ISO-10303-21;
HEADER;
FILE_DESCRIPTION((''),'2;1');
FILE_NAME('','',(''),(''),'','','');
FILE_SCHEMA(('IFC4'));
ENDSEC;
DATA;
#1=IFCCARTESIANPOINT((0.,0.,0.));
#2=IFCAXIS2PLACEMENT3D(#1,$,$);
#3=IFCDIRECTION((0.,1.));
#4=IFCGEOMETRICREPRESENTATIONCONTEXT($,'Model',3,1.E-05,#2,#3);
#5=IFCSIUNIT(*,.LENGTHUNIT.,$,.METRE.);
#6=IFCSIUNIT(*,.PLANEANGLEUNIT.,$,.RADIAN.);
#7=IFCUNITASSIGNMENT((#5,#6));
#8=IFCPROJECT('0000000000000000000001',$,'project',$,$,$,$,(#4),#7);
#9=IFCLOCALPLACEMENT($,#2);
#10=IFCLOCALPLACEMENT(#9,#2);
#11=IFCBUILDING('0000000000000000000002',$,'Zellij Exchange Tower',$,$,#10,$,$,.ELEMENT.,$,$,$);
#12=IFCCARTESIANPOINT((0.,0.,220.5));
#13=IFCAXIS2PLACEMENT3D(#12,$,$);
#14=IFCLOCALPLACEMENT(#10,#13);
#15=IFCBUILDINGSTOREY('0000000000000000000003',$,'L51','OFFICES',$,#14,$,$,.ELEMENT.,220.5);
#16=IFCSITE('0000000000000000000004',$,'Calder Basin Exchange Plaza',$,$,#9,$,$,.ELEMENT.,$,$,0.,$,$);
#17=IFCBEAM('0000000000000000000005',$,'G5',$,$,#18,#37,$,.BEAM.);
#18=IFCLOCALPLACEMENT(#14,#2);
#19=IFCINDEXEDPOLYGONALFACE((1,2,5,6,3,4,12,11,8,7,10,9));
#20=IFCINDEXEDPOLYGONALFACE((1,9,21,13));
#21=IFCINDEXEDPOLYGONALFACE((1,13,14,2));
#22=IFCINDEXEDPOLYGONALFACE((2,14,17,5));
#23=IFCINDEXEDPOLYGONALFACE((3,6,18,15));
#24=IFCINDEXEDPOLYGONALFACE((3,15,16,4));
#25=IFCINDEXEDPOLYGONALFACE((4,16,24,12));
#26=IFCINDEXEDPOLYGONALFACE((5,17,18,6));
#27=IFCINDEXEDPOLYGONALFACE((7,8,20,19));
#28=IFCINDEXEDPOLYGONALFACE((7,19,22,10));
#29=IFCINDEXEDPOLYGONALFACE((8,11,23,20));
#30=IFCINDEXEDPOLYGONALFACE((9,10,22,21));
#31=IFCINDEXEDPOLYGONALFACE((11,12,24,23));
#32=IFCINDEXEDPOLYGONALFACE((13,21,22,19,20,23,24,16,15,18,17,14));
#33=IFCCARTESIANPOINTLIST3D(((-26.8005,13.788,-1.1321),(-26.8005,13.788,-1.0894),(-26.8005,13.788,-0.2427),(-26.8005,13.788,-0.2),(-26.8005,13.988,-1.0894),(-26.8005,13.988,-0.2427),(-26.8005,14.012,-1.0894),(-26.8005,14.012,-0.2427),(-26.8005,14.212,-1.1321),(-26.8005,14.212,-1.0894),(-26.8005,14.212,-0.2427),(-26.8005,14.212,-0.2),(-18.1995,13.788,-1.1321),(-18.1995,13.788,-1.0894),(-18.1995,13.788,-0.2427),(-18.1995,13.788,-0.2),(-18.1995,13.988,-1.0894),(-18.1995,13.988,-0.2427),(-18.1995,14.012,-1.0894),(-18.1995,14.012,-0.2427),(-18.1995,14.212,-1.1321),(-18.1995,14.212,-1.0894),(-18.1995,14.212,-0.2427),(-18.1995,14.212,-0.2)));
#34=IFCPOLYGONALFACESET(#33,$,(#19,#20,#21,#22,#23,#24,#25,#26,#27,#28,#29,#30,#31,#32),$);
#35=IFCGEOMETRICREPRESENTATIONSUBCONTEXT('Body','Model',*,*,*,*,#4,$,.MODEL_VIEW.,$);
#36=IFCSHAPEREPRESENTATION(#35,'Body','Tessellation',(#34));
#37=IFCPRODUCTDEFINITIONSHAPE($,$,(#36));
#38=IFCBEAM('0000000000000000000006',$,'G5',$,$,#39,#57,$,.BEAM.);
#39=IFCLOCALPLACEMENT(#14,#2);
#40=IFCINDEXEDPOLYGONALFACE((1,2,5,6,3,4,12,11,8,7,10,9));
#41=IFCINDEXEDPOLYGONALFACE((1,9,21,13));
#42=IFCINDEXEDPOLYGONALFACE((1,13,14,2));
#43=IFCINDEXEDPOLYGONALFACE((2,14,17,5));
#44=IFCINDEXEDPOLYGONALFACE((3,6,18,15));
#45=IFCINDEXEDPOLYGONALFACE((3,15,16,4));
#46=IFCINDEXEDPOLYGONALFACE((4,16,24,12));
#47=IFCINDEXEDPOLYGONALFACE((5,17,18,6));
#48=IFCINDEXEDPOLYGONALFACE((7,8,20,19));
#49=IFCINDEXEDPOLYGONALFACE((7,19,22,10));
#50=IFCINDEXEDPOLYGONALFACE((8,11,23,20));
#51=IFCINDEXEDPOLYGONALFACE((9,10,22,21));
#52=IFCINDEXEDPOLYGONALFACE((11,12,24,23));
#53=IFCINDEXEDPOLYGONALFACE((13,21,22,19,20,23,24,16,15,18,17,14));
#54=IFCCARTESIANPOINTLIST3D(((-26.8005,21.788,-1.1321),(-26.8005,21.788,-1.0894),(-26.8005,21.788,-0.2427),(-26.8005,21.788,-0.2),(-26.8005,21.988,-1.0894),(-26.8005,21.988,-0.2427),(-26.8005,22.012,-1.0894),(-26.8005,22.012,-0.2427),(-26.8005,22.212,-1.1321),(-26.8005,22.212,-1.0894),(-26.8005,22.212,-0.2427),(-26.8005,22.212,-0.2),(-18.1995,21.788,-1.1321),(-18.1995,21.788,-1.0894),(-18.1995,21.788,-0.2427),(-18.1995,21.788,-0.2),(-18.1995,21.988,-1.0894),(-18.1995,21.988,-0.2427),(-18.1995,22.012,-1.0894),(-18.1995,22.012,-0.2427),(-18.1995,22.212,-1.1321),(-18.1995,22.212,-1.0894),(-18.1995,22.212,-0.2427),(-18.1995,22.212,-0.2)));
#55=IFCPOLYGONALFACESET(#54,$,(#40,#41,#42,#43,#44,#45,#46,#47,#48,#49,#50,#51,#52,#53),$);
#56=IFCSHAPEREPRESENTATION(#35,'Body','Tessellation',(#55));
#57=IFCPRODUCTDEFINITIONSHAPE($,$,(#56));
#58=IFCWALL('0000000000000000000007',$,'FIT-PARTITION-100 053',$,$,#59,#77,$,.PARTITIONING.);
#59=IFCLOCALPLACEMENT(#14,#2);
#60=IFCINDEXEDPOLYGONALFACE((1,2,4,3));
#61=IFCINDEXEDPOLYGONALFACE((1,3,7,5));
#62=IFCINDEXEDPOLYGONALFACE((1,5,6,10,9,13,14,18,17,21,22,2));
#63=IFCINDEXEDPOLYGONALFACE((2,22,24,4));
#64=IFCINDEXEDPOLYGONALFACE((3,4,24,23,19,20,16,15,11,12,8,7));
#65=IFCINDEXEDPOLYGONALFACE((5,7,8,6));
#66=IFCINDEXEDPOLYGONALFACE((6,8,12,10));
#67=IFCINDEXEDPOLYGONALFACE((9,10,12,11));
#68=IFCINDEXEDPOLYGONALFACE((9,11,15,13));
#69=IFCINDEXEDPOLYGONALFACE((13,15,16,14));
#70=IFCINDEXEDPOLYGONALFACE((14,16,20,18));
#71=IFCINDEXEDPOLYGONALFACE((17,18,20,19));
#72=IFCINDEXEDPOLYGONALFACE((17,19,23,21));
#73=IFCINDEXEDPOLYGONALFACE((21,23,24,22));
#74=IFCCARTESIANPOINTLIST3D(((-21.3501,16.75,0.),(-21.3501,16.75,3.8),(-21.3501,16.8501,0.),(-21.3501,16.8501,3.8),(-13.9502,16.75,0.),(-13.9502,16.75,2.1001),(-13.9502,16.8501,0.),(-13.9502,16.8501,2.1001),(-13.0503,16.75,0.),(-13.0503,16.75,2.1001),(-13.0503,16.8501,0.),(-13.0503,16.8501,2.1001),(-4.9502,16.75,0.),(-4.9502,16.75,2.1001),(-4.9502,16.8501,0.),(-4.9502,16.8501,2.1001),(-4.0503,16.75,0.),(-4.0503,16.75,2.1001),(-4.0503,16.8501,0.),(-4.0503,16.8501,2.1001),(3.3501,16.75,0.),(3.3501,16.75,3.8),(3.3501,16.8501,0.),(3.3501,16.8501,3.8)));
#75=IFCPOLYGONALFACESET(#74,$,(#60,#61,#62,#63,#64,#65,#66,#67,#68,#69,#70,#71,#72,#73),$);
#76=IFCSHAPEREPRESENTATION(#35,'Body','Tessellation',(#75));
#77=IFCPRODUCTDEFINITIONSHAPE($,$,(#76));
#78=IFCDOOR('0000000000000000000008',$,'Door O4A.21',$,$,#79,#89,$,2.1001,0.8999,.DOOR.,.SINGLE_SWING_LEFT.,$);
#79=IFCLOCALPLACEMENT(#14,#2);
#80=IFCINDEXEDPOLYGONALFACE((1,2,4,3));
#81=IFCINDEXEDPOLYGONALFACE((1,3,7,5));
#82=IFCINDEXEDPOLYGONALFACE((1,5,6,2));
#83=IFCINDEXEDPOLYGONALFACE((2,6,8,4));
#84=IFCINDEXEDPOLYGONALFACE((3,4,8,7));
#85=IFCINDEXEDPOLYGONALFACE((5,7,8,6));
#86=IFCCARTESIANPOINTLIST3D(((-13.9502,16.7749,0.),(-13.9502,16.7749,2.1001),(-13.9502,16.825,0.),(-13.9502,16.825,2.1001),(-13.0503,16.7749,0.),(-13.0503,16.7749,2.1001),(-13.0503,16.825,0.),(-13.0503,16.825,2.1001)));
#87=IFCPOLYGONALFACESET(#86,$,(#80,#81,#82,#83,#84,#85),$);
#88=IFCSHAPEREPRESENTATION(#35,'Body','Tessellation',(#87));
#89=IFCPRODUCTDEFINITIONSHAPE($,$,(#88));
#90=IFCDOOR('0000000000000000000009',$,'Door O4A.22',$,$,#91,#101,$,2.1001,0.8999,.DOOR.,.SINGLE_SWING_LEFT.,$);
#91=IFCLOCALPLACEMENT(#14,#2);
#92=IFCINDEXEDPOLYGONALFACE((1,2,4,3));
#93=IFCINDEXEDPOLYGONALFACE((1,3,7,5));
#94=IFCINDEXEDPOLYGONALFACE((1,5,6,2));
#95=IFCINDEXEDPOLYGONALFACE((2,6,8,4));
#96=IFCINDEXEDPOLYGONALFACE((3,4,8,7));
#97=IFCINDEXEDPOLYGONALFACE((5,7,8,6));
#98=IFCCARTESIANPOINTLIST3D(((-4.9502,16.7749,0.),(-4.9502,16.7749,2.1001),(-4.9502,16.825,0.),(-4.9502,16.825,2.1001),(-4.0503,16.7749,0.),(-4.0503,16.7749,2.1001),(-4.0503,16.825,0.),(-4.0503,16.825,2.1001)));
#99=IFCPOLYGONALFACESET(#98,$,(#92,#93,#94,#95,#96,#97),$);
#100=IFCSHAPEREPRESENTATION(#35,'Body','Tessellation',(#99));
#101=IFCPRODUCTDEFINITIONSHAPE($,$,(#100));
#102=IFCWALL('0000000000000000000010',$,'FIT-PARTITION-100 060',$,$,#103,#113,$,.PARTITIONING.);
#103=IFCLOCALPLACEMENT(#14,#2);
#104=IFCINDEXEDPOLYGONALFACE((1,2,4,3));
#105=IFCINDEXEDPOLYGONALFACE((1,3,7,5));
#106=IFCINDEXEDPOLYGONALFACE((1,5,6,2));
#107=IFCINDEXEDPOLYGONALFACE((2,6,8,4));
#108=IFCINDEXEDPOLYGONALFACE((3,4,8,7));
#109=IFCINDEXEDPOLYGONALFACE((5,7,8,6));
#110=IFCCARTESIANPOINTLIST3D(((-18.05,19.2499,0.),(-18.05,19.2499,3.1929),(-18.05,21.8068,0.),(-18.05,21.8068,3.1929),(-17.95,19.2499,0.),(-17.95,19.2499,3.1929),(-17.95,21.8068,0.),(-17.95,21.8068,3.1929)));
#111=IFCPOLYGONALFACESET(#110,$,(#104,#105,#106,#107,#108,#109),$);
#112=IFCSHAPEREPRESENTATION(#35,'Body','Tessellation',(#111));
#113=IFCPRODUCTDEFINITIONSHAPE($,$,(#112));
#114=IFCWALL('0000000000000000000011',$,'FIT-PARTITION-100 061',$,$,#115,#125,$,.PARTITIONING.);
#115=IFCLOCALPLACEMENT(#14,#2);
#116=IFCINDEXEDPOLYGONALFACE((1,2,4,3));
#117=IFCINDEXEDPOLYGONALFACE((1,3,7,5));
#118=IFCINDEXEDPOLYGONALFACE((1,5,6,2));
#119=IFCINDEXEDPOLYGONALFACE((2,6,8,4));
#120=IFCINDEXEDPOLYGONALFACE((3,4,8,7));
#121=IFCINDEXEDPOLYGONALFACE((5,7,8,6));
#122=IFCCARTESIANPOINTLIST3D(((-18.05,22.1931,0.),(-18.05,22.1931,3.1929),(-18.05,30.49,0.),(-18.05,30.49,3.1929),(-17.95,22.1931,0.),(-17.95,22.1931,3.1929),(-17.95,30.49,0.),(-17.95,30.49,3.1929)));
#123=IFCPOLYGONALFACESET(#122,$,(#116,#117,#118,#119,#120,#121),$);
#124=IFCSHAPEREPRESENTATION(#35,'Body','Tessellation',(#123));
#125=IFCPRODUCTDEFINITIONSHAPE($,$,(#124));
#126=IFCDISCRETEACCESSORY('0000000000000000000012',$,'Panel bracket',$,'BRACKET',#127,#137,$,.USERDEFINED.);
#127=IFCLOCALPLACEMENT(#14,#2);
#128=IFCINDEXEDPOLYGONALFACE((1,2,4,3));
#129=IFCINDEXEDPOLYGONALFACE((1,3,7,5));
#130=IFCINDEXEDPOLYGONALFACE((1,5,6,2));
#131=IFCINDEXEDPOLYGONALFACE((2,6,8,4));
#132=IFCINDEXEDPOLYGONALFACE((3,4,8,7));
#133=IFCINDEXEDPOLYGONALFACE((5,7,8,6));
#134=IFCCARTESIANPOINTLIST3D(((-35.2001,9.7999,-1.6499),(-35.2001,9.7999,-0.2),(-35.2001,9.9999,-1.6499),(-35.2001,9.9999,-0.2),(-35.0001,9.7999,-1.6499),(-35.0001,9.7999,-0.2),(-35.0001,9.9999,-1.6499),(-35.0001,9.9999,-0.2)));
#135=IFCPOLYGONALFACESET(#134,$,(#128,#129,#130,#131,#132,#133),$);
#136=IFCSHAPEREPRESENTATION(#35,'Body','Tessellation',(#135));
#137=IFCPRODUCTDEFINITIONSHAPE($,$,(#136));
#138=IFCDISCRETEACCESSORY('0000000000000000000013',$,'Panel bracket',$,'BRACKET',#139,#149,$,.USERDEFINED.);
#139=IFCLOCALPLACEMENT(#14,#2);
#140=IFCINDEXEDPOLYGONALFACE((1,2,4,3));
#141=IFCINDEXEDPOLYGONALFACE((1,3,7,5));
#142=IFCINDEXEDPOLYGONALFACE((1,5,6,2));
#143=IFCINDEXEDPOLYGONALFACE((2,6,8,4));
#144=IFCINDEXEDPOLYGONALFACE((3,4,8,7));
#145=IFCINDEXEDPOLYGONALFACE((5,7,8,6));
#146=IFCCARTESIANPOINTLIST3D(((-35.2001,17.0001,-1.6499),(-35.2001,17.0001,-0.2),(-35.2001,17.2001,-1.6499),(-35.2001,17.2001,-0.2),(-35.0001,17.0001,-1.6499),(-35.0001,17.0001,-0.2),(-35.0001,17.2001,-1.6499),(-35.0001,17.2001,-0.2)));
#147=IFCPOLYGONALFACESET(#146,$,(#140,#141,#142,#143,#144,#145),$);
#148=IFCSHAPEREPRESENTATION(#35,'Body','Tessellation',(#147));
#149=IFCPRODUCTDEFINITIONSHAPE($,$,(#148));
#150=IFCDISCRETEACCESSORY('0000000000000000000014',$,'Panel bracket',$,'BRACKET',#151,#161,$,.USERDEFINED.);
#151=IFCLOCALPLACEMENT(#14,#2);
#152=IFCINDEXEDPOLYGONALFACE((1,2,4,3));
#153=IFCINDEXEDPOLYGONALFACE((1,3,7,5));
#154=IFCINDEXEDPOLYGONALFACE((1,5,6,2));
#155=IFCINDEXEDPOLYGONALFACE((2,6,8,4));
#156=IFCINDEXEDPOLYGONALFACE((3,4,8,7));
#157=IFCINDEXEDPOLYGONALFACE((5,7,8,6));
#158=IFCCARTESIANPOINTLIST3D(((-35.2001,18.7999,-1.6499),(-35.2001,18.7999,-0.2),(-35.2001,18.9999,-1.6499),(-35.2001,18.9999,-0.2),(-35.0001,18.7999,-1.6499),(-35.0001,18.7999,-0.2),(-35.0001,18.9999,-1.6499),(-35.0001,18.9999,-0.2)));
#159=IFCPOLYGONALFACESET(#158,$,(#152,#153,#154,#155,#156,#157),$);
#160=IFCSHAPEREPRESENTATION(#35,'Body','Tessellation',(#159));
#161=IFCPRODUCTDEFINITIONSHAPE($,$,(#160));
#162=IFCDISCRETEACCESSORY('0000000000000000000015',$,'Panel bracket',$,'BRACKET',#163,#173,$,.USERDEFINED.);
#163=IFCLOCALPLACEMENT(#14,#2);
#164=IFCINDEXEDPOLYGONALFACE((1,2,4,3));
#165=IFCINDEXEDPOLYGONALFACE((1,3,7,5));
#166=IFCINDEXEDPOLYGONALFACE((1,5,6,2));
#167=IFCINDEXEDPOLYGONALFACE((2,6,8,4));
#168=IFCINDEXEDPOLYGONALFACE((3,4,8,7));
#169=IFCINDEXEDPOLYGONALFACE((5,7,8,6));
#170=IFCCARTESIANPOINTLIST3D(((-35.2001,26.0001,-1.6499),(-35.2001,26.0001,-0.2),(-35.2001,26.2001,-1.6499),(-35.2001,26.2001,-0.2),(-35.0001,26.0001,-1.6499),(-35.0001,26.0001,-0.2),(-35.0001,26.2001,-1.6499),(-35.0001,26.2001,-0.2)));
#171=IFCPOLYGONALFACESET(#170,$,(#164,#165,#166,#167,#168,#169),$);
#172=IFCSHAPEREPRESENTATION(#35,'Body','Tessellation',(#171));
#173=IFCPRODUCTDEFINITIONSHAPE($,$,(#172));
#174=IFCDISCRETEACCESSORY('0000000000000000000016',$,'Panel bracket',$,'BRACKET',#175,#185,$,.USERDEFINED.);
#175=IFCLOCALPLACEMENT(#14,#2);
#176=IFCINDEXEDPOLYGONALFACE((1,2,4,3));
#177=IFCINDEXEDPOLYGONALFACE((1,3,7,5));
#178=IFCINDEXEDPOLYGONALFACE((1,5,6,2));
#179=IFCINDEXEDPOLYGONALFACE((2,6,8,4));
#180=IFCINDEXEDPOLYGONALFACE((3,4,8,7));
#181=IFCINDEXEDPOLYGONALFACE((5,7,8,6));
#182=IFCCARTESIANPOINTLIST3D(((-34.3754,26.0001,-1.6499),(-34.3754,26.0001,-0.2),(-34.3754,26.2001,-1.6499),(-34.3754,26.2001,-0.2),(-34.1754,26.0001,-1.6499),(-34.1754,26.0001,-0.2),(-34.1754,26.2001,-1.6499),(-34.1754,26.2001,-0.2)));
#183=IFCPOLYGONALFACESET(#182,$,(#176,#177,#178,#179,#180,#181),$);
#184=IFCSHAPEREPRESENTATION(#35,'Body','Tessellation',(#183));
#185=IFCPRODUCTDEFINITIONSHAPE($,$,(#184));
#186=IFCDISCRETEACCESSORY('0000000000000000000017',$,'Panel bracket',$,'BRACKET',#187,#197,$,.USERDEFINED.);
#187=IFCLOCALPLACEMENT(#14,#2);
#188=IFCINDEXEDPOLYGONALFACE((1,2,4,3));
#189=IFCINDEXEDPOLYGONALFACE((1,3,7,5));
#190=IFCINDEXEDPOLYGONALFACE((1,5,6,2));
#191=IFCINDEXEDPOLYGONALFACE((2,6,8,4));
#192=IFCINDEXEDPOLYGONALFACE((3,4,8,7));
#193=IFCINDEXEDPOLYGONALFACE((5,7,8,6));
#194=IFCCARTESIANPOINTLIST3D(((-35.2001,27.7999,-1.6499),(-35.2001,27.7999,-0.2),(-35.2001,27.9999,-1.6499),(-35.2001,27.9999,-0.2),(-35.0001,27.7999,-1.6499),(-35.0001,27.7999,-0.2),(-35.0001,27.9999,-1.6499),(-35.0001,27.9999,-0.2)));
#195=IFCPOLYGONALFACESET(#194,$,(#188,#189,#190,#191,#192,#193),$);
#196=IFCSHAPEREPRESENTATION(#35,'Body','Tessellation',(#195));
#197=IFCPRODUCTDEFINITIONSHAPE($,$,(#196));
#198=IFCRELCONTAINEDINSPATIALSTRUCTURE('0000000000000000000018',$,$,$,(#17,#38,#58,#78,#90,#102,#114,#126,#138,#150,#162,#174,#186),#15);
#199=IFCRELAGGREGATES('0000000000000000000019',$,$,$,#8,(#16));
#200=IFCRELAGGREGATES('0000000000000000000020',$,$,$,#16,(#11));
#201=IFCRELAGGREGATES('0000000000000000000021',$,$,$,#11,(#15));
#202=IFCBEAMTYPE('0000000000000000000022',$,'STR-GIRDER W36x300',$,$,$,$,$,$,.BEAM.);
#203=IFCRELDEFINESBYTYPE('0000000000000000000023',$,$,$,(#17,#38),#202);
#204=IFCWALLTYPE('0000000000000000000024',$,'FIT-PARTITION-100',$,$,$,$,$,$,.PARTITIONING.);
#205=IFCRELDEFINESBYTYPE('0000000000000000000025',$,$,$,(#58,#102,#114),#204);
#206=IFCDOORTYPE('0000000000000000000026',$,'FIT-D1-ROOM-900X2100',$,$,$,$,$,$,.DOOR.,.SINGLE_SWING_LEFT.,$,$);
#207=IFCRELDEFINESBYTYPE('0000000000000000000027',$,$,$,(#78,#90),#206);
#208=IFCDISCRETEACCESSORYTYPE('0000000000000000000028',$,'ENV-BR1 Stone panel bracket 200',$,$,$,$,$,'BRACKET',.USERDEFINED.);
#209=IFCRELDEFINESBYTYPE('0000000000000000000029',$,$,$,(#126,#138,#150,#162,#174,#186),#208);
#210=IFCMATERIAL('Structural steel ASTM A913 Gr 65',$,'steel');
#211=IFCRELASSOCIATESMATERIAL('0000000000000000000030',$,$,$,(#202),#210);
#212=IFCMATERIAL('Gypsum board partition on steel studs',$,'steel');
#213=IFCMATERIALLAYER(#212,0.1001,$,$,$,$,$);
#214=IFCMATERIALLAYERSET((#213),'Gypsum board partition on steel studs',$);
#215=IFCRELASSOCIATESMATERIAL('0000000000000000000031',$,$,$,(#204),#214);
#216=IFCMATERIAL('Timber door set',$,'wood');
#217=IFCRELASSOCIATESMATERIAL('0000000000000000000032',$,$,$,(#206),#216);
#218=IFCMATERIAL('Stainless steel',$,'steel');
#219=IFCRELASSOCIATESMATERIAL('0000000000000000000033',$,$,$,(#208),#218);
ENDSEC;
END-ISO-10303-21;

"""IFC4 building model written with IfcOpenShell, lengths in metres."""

from ifc_helpers import new_model, si_unit, direction, frame, frame_2d, origin, origin_2d, place, context, subcontext, project, spatial, rectangle, i_section, extrude, material, layer, layer_set, material_profile, profile_set, type_object, element, fill, save


model = new_model("IFC4")

# Units and contexts
model_context = context("Model", 3, precision=1e-05, world=origin(), true_north=direction((0.0, 1.0)))
body_context = subcontext(model_context, "Body", "Model", "MODEL_VIEW")
ifc_project = project(units=[si_unit("LENGTHUNIT", "METRE"), si_unit("PLANEANGLEUNIT", "RADIAN")], contexts=[model_context])

# Site, building, storey
site_placement = place(None, origin())
site = spatial("IfcSite", under=ifc_project, at=site_placement, Name="Calder Basin Exchange Plaza", CompositionType="ELEMENT", RefElevation=0.0)
building_placement = place(site_placement, origin())
building = spatial("IfcBuilding", under=site, at=building_placement, Name="Zellij Exchange Tower", CompositionType="ELEMENT")
storey_placement = place(building_placement, frame((0.0, 0.0, 220.5)))
storey = spatial("IfcBuildingStorey", under=building, at=storey_placement, Name="L51", Description="OFFICES", CompositionType="ELEMENT", Elevation=220.5)

# Beams
ifc_material_1 = material(Name="Structural steel ASTM A913 Gr 65", Category="steel")
ifc_material_profile_1 = material_profile(ifc_material_1, i_section(OverallWidth=0.4241, OverallDepth=0.9321, WebThickness=0.0239, FlangeThickness=0.0427, at=origin_2d()), Name="W36x300")
ifc_profile_set_1 = profile_set([ifc_material_profile_1], Name="Structural steel ASTM A913 Gr 65")
beam_type_1 = type_object("IfcBeamType", Name="STR-GIRDER W36x300", PredefinedType="BEAM", material=ifc_profile_set_1)
for number, where, z_axis, x_axis, name in (
    (1, (-26.8005, 14.0, -0.666), (1.0, 0.0, 0.0), (0.0, 1.0, 0.0), "G5"),
    (2, (-26.8005, 22.0, -0.666), (1.0, 0.0, 0.0), (0.0, 1.0, 0.0), "G5"),
):
    element("IfcBeam", number, at=place(storey_placement, frame(where, z_axis=z_axis, x_axis=x_axis)), inside=storey, type_object=beam_type_1, Name=name, PredefinedType="BEAM", context=body_context, shape_type="SweptSolid", body=[
        extrude(i_section(OverallWidth=0.4241, OverallDepth=0.9321, WebThickness=0.0239, FlangeThickness=0.0427, at=origin_2d()), origin(), (0.0, 0.0, 1.0), 8.6011),
    ])

# Wall, openings, doors
ifc_material_2 = material(Name="Gypsum board partition on steel studs", Category="steel")
ifc_layer = layer(ifc_material_2, 0.1001)
ifc_layer_set = layer_set([ifc_layer], Name="Gypsum board partition on steel studs")
wall_type = type_object("IfcWallType", Name="FIT-PARTITION-100", PredefinedType="PARTITIONING", material=ifc_layer_set)
wall_1_placement = place(storey_placement, frame((-21.3501, 16.8, 0.0), z_axis=(0.0, 0.0, 1.0), x_axis=(1.0, 0.0, 0.0)))
wall_1 = element("IfcWall", 3, at=wall_1_placement, inside=storey, type_object=wall_type, Name="FIT-PARTITION-100 053", PredefinedType="PARTITIONING", context=body_context, shape_type="SweptSolid", body=[
    extrude(rectangle(XDim=24.7002, YDim=0.1001, at=frame_2d((12.3501, 0.0))), origin(), (0.0, 0.0, 1.0), 3.8),
])
opening_1_placement = place(wall_1_placement, frame((7.3999, 0.0, 0.0)))
opening_1 = element("IfcOpeningElement", 4, at=opening_1_placement, cuts=wall_1, PredefinedType="OPENING", context=body_context, shape_type="SweptSolid", body=[
    extrude(rectangle(XDim=0.8999, YDim=2.1001, at=frame_2d((0.45, 1.05))), frame((0.0, 0.062, 0.0), z_axis=(0.0, -1.0, 0.0), x_axis=(1.0, 0.0, 0.0)), (0.0, 0.0, 1.0), 0.124),
])
opening_2_placement = place(wall_1_placement, frame((16.3999, 0.0, 0.0)))
opening_2 = element("IfcOpeningElement", 5, at=opening_2_placement, cuts=wall_1, PredefinedType="OPENING", context=body_context, shape_type="SweptSolid", body=[
    extrude(rectangle(XDim=0.8999, YDim=2.1001, at=frame_2d((0.45, 1.05))), frame((0.0, 0.062, 0.0), z_axis=(0.0, -1.0, 0.0), x_axis=(1.0, 0.0, 0.0)), (0.0, 0.0, 1.0), 0.124),
])
ifc_material_3 = material(Name="Timber door set", Category="wood")
door_type = type_object("IfcDoorType", Name="FIT-D1-ROOM-900X2100", OperationType="SINGLE_SWING_LEFT", PredefinedType="DOOR", material=ifc_material_3)
door_1_placement = place(opening_1_placement, origin())
door_1 = element("IfcDoor", 6, at=door_1_placement, inside=storey, type_object=door_type, Name="Door O4A.21", OperationType="SINGLE_SWING_LEFT", OverallHeight=2.1001, OverallWidth=0.8999, PredefinedType="DOOR", context=body_context, shape_type="SweptSolid", body=[
    extrude(rectangle(XDim=0.8999, YDim=2.1001, at=frame_2d((0.45, 1.05))), frame((0.0, 0.0249, 0.0), z_axis=(0.0, -1.0, 0.0), x_axis=(1.0, 0.0, 0.0)), (0.0, 0.0, 1.0), 0.05),
])
fill(opening_1, door_1)
door_2_placement = place(opening_2_placement, origin())
door_2 = element("IfcDoor", 7, at=door_2_placement, inside=storey, type_object=door_type, Name="Door O4A.22", OperationType="SINGLE_SWING_LEFT", OverallHeight=2.1001, OverallWidth=0.8999, PredefinedType="DOOR", context=body_context, shape_type="SweptSolid", body=[
    extrude(rectangle(XDim=0.8999, YDim=2.1001, at=frame_2d((0.45, 1.05))), frame((0.0, 0.0249, 0.0), z_axis=(0.0, -1.0, 0.0), x_axis=(1.0, 0.0, 0.0)), (0.0, 0.0, 1.0), 0.05),
])
fill(opening_2, door_2)

# Walls
wall_2_placement = place(storey_placement, frame((-18.0, 19.25, 0.0), z_axis=(0.0, 0.0, 1.0), x_axis=(0.0, 1.0, 0.0)))
element("IfcWall", 8, at=wall_2_placement, inside=storey, type_object=wall_type, Name="FIT-PARTITION-100 060", PredefinedType="PARTITIONING", context=body_context, shape_type="SweptSolid", body=[
    extrude(rectangle(XDim=2.5569, YDim=0.1001, at=frame_2d((1.2783, 0.0))), origin(), (0.0, 0.0, 1.0), 3.1929),
])
wall_3_placement = place(storey_placement, frame((-18.0, 22.1931, 0.0), z_axis=(0.0, 0.0, 1.0), x_axis=(0.0, 1.0, 0.0)))
element("IfcWall", 9, at=wall_3_placement, inside=storey, type_object=wall_type, Name="FIT-PARTITION-100 061", PredefinedType="PARTITIONING", context=body_context, shape_type="SweptSolid", body=[
    extrude(rectangle(XDim=8.2969, YDim=0.1001, at=frame_2d((4.1484, 0.0))), origin(), (0.0, 0.0, 1.0), 3.1929),
])

# Discrete accessories
ifc_material_4 = material(Name="Stainless steel", Category="steel")
discrete_accessory_type = type_object("IfcDiscreteAccessoryType", Name="ENV-BR1 Stone panel bracket 200", ElementType="BRACKET", PredefinedType="USERDEFINED", material=ifc_material_4)
for number, where, z_axis, x_axis, name in (
    (10, (-35.1001, 9.8999, -1.6499), (0.0, 0.0, 1.0), (1.0, 0.0, 0.0), "Panel bracket"),
    (11, (-35.1001, 17.1001, -1.6499), (0.0, 0.0, 1.0), (1.0, 0.0, 0.0), "Panel bracket"),
    (12, (-35.1001, 18.8999, -1.6499), (0.0, 0.0, 1.0), (1.0, 0.0, 0.0), "Panel bracket"),
    (13, (-35.1001, 26.1001, -1.6499), (0.0, 0.0, 1.0), (1.0, 0.0, 0.0), "Panel bracket"),
    (14, (-34.2754, 26.1001, -1.6499), (0.0, 0.0, 1.0), (1.0, 0.0, 0.0), "Panel bracket"),
    (15, (-35.1001, 27.8999, -1.6499), (0.0, 0.0, 1.0), (1.0, 0.0, 0.0), "Panel bracket"),
):
    element("IfcDiscreteAccessory", number, at=place(storey_placement, frame(where, z_axis=z_axis, x_axis=x_axis)), inside=storey, type_object=discrete_accessory_type, Name=name, ObjectType="BRACKET", PredefinedType="USERDEFINED", context=body_context, shape_type="SweptSolid", body=[
        extrude(rectangle(XDim=0.2, YDim=0.2, at=origin_2d()), origin(), (0.0, 0.0, 1.0), 1.45),
    ])

save(model, "model.ifc")
